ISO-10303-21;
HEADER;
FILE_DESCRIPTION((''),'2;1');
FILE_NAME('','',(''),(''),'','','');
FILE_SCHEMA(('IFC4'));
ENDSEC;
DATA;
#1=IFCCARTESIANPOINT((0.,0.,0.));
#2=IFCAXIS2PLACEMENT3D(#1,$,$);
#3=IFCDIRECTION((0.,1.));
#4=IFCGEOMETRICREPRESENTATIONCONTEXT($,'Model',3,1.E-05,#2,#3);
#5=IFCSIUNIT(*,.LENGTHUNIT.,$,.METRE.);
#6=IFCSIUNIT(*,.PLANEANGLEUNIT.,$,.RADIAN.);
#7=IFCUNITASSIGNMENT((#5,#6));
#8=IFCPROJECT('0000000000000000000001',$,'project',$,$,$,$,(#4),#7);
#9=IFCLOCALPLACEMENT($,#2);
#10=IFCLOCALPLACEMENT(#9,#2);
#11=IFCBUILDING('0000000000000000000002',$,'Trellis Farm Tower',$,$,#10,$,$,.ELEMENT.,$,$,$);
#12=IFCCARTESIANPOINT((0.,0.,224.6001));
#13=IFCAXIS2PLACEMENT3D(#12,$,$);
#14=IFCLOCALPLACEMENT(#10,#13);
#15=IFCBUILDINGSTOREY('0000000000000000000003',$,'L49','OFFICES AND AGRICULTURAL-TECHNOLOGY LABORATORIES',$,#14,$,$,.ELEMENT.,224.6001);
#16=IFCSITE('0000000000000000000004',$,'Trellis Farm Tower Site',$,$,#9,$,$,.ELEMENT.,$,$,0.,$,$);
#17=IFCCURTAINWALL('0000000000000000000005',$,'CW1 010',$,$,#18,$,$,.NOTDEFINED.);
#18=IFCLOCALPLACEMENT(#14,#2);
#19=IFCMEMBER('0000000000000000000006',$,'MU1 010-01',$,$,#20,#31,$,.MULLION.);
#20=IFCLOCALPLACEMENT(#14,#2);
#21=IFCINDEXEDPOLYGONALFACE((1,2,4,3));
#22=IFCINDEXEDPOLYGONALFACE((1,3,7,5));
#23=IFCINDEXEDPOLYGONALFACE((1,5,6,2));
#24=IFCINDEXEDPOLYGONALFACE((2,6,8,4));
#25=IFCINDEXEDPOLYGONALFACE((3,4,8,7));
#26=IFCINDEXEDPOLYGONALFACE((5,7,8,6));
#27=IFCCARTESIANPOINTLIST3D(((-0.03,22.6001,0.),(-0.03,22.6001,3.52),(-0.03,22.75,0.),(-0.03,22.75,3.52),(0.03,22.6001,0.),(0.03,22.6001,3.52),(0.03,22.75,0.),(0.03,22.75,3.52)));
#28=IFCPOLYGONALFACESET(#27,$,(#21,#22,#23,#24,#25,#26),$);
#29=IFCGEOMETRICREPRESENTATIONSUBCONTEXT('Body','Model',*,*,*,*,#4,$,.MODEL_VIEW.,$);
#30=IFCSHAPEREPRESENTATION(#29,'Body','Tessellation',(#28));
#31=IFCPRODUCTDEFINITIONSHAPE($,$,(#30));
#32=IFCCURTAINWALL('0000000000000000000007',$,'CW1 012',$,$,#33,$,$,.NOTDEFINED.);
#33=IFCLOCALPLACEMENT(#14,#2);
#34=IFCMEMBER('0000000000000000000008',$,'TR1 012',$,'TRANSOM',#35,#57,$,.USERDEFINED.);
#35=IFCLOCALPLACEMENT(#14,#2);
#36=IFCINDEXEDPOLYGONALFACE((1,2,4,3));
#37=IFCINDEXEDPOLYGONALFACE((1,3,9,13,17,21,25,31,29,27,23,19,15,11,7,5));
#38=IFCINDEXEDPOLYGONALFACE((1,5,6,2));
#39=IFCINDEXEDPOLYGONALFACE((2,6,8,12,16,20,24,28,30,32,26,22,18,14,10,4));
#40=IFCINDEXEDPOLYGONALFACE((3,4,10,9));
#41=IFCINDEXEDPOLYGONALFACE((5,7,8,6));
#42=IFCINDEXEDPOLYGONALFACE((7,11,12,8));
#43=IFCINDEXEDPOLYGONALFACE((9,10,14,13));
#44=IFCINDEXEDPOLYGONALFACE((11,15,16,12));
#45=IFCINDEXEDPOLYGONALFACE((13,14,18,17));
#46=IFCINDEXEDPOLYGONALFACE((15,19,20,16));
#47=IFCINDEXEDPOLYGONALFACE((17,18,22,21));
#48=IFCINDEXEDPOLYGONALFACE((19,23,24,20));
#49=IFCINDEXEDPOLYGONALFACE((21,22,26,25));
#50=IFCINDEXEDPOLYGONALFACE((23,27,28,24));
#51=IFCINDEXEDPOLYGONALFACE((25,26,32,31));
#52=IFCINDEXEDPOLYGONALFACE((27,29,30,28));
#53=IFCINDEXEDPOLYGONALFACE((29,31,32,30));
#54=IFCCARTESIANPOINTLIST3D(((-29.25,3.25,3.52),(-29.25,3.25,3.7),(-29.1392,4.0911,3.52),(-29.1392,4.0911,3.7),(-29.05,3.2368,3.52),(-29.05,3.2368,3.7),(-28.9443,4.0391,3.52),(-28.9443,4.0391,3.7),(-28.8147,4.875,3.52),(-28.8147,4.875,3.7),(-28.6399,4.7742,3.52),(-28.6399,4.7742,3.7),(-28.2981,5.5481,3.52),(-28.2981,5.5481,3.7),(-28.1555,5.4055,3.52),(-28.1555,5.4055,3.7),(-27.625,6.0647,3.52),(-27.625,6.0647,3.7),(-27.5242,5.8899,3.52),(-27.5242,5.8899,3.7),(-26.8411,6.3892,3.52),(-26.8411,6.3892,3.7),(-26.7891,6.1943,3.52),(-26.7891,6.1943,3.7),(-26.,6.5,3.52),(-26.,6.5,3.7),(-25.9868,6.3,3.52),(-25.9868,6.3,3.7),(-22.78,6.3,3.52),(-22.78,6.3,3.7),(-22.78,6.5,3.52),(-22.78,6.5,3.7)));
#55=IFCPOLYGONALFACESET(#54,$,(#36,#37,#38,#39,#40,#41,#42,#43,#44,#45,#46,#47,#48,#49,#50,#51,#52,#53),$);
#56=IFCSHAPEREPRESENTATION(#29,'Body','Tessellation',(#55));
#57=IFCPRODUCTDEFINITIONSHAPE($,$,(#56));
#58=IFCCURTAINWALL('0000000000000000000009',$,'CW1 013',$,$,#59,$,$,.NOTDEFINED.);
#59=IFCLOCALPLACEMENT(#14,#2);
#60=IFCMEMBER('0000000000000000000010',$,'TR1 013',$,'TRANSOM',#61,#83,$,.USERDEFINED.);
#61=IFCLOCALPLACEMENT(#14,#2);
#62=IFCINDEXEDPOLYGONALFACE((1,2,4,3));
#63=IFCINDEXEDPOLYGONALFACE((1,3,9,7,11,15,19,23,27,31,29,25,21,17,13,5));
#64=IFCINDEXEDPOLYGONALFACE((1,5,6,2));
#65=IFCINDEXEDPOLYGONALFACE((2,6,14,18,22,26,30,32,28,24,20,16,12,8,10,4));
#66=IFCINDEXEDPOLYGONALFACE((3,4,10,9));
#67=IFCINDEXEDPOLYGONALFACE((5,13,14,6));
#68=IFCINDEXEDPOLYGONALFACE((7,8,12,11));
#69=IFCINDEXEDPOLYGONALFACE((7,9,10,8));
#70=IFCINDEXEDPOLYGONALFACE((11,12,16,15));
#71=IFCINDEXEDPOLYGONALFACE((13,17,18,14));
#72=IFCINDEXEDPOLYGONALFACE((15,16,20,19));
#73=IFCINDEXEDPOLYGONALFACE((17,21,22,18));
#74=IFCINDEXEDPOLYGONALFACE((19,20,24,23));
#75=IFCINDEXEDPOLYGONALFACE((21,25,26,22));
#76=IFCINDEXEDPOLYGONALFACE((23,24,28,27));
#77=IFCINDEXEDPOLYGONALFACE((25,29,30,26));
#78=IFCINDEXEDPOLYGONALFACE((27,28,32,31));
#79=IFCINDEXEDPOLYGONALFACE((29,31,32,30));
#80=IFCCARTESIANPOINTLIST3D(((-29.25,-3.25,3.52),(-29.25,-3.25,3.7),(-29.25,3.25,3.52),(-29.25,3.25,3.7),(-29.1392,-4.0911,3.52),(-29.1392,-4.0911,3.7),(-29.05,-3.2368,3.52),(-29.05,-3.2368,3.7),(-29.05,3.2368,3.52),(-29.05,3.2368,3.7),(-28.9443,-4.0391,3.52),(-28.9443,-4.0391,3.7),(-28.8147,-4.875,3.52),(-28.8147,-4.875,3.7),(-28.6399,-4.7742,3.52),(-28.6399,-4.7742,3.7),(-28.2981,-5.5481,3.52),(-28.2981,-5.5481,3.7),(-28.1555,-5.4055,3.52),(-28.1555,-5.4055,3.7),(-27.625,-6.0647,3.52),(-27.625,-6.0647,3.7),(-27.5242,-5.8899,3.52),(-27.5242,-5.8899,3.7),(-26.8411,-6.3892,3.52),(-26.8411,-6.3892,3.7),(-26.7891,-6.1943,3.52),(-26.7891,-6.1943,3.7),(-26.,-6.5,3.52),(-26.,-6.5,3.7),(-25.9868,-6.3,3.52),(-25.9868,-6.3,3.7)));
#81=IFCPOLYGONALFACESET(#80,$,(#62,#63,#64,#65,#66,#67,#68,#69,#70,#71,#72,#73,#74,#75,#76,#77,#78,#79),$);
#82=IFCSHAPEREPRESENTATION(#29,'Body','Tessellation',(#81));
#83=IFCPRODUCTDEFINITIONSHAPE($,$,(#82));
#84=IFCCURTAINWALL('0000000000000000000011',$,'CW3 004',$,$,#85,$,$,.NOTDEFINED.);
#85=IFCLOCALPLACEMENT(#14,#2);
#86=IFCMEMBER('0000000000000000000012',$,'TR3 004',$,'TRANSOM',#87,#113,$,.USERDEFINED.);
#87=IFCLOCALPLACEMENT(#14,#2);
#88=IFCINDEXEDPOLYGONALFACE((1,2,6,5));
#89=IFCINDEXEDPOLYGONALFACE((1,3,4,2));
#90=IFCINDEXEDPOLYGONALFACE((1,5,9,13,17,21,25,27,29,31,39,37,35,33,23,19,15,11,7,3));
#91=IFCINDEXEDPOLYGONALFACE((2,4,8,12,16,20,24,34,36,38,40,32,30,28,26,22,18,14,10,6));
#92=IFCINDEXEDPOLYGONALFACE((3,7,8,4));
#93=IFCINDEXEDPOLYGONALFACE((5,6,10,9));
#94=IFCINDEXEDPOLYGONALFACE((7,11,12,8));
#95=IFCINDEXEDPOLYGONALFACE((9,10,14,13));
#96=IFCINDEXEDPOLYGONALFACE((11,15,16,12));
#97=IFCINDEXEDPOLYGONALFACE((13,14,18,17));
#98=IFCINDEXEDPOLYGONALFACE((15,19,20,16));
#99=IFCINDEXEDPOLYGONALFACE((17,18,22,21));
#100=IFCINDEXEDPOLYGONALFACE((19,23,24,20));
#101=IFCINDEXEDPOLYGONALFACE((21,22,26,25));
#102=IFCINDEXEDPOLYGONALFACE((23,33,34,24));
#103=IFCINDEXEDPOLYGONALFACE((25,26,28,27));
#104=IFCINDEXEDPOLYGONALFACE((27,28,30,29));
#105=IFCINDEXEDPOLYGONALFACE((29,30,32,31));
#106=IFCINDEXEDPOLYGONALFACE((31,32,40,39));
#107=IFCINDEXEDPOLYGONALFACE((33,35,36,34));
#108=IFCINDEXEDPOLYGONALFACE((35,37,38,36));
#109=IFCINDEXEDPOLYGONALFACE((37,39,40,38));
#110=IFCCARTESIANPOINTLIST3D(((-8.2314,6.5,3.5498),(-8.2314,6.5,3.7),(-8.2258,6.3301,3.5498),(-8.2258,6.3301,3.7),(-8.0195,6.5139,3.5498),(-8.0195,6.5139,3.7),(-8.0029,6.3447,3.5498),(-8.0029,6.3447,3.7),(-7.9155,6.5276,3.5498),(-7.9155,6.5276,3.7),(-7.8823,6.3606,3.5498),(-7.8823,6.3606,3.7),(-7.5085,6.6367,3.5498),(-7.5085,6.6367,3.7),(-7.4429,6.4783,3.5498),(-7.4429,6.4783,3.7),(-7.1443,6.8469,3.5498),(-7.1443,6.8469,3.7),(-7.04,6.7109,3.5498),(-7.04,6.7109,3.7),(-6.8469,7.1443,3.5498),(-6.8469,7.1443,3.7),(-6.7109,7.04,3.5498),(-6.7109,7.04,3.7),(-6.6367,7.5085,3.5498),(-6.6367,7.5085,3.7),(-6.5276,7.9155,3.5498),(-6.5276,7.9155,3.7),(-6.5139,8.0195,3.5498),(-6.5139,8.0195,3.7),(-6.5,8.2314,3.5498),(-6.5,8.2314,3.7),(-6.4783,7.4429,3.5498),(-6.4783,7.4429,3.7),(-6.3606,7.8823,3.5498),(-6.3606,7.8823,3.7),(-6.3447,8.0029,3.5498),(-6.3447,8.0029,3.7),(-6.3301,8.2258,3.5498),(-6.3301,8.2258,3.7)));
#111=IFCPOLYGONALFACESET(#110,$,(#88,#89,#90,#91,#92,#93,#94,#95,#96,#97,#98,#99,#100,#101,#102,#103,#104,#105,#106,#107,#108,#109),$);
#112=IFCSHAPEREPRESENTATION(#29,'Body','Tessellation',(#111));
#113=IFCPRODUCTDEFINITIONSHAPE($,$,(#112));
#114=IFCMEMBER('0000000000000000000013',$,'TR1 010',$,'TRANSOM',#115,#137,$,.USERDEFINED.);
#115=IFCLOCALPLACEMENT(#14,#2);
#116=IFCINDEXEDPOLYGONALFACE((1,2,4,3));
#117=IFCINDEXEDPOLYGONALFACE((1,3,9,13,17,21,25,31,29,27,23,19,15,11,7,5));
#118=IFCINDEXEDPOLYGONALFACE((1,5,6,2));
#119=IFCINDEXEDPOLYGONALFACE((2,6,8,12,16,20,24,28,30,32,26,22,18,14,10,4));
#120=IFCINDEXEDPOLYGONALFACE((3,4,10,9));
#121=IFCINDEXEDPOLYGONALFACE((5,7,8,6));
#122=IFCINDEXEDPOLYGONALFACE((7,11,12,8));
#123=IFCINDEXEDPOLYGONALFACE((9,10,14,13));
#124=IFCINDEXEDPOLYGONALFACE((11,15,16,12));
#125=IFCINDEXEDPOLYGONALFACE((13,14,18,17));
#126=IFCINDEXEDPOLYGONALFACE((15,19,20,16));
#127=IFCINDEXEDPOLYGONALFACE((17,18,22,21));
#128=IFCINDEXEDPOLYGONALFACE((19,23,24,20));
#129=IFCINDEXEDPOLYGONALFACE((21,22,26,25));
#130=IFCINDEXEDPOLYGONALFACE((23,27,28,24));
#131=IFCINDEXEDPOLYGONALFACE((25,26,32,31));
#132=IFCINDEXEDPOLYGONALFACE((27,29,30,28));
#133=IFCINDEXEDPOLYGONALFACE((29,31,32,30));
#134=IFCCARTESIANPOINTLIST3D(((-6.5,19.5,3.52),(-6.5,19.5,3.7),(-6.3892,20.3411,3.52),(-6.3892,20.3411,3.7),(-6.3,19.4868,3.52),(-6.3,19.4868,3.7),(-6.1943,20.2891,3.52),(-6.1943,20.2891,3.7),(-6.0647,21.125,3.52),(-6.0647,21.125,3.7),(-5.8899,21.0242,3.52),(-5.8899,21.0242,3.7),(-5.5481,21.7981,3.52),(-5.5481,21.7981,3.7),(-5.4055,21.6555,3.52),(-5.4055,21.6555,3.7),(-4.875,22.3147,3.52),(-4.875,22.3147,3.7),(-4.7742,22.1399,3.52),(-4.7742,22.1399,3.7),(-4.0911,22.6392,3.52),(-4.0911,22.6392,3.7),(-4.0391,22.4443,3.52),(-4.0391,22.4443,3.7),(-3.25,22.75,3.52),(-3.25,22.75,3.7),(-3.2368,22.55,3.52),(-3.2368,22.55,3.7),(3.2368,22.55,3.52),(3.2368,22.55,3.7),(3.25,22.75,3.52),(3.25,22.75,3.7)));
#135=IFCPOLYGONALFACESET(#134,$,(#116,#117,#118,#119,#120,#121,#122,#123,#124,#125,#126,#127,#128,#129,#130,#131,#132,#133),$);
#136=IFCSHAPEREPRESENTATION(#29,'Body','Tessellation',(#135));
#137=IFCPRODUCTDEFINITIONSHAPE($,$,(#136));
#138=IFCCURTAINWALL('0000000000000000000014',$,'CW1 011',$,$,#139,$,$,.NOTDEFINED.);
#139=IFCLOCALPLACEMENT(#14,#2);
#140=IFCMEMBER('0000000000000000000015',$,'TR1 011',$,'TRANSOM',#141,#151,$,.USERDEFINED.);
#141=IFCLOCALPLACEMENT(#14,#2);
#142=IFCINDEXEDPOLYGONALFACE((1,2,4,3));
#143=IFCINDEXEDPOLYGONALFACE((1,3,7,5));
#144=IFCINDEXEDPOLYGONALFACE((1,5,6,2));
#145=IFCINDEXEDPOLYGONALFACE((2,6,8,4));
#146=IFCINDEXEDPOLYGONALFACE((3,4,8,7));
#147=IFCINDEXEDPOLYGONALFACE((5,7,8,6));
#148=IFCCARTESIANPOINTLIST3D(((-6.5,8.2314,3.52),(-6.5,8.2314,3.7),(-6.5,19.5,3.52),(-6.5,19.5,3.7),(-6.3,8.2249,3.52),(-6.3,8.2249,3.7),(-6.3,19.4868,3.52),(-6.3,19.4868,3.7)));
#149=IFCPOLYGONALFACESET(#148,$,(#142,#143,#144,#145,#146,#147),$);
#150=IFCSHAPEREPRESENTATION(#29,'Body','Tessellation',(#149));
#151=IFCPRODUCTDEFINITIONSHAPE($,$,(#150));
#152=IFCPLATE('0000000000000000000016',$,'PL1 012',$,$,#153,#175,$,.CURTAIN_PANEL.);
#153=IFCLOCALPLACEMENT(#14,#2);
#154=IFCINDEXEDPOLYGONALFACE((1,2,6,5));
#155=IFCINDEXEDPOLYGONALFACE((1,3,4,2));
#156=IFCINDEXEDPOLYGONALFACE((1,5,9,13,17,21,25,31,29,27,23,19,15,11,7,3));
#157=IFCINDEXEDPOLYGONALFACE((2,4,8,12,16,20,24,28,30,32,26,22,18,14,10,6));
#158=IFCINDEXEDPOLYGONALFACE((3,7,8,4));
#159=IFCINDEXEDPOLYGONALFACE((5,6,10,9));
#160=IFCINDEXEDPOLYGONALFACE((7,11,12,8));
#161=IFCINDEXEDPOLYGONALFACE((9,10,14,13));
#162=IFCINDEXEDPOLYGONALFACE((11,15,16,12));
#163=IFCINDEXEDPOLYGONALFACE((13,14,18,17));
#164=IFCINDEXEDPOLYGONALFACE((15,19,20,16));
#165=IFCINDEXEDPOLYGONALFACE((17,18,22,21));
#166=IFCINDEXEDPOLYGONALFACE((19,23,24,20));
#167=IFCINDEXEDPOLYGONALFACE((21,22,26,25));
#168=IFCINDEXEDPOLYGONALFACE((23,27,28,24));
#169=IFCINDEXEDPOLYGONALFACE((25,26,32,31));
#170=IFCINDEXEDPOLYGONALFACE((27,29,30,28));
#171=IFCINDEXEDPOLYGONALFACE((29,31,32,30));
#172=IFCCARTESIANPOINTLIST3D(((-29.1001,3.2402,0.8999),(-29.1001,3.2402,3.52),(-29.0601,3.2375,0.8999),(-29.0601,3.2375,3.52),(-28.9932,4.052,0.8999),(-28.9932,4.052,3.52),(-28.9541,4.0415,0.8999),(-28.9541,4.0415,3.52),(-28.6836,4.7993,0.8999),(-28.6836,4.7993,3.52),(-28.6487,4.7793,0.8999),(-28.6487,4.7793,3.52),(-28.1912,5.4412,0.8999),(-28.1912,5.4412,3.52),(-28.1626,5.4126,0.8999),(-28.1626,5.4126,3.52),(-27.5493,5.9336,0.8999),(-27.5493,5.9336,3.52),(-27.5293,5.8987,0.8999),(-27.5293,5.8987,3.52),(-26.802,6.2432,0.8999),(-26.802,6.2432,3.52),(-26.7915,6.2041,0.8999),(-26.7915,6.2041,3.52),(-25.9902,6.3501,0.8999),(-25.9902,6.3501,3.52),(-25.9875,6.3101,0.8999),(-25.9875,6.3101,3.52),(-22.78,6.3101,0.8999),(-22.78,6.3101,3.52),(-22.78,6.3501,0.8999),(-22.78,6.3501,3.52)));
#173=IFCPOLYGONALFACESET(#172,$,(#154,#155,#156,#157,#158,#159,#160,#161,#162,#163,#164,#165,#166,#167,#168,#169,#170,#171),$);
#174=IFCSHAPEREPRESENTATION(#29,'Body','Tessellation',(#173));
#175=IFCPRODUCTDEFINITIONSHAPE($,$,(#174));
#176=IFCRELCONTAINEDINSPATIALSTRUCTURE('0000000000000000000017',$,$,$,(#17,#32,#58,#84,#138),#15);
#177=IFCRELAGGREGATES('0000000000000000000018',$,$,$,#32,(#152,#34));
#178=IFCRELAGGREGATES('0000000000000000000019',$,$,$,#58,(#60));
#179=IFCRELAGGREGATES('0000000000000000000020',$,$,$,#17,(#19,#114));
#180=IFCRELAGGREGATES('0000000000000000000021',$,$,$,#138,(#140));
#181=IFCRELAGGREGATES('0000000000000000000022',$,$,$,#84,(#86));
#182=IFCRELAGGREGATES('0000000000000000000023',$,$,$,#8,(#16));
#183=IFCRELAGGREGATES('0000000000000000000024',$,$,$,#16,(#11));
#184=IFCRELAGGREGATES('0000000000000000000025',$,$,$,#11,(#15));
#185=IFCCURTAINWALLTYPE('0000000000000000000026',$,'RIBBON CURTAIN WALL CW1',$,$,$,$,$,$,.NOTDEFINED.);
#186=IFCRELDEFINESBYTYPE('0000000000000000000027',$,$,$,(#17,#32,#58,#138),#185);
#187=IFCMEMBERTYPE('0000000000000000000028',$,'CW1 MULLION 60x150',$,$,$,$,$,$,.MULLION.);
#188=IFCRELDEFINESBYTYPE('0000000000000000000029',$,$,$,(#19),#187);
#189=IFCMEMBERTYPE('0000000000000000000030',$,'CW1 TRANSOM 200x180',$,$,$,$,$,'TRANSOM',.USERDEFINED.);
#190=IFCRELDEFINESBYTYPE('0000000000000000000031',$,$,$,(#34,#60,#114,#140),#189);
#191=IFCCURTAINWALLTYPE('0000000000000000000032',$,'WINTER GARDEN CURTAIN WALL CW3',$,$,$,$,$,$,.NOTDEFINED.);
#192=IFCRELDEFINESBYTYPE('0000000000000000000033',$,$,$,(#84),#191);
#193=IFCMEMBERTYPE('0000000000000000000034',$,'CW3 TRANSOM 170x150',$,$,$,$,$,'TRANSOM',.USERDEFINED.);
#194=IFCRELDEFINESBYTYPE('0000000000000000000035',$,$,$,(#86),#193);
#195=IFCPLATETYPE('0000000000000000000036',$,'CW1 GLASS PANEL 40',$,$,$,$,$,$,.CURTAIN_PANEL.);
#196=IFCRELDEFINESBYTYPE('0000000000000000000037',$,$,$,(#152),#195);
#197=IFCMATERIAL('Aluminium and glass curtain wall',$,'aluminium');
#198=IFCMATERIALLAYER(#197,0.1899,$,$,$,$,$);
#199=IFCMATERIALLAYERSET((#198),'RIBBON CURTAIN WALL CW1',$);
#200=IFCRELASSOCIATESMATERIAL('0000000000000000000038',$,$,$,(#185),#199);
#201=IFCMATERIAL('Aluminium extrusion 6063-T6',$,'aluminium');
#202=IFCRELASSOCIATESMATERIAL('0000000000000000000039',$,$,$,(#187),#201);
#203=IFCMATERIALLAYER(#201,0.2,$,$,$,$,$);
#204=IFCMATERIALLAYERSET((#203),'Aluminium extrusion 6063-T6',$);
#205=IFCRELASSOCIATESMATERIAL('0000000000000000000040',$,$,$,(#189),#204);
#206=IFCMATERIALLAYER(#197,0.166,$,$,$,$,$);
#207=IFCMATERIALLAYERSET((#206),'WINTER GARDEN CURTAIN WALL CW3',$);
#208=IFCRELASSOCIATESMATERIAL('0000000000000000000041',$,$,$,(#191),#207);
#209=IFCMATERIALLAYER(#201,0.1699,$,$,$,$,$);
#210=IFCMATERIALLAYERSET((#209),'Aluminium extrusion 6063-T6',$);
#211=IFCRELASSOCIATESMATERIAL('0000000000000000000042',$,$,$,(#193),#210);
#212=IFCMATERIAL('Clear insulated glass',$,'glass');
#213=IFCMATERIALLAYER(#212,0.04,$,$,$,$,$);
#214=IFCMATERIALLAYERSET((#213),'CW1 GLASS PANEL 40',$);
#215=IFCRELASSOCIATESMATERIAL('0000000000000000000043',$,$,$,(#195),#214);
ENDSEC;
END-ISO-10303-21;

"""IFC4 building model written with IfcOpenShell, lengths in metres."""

from ifc_helpers import new_model, si_unit, direction, frame, origin, origin_2d, place, context, subcontext, project, spatial, polyline, rectangle, outline, extrude, source, transform, mapped, material, layer, layer_set, material_profile, profile_set, type_object, element, aggregate, save


model = new_model("IFC4")

# Units and contexts
model_context = context("Model", 3, precision=1e-05, world=origin(), true_north=direction((0.0, 1.0)))
body_context = subcontext(model_context, "Body", "Model", "MODEL_VIEW")
ifc_project = project(units=[si_unit("LENGTHUNIT", "METRE"), si_unit("PLANEANGLEUNIT", "RADIAN")], contexts=[model_context])

# Site, building, storey
site_placement = place(None, origin())
site = spatial("IfcSite", under=ifc_project, at=site_placement, Name="Trellis Farm Tower Site", CompositionType="ELEMENT", RefElevation=0.0)
building_placement = place(site_placement, origin())
building = spatial("IfcBuilding", under=site, at=building_placement, Name="Trellis Farm Tower", CompositionType="ELEMENT")
storey_placement = place(building_placement, frame((0.0, 0.0, 224.6001)))
storey = spatial("IfcBuildingStorey", under=building, at=storey_placement, Name="L49", Description="OFFICES AND AGRICULTURAL-TECHNOLOGY LABORATORIES", CompositionType="ELEMENT", Elevation=224.6001)

# Curtain walls, members
ifc_material_1 = material(Name="Aluminium and glass curtain wall", Category="aluminium")
ifc_layer_1 = layer(ifc_material_1, 0.1899)
ifc_layer_set_1 = layer_set([ifc_layer_1], Name="RIBBON CURTAIN WALL CW1")
curtain_wall_type_1 = type_object("IfcCurtainWallType", Name="RIBBON CURTAIN WALL CW1", PredefinedType="NOTDEFINED", material=ifc_layer_set_1)
placement_1 = place(storey_placement, origin())
curtain_wall_1 = element("IfcCurtainWall", 1, at=placement_1, inside=storey, type_object=curtain_wall_type_1, Name="CW1 010", PredefinedType="NOTDEFINED")
ifc_material_2 = material(Name="Aluminium extrusion 6063-T6", Category="aluminium")
ifc_material_profile = material_profile(ifc_material_2, rectangle(XDim=0.0601, YDim=0.1499, at=origin_2d()), Name="MULLION 60x150")
ifc_profile_set = profile_set([ifc_material_profile], Name="Aluminium extrusion 6063-T6")
member_type_1 = type_object("IfcMemberType", Name="CW1 MULLION 60x150", PredefinedType="MULLION", material=ifc_profile_set)
shared_shape_1 = source(origin(), body_context, "Body", "SweptSolid", [
    extrude(rectangle(XDim=0.0601, YDim=0.1499, at=origin_2d()), origin(), (0.0, 0.0, 1.0), 3.52),
])
member_1_placement = place(storey_placement, frame((0.0, 22.675, 0.0), z_axis=(0.0, 0.0, 1.0), x_axis=(-1.0, 0.0, 0.0)))
member_1 = element("IfcMember", 2, at=member_1_placement, type_object=member_type_1, Name="MU1 010-01", PredefinedType="MULLION", context=body_context, shape_type="MappedRepresentation", body=[
    mapped(shared_shape_1, transform((0.0, 0.0, 0.0))),
])
curtain_wall_2 = element("IfcCurtainWall", 3, at=placement_1, inside=storey, type_object=curtain_wall_type_1, Name="CW1 012", PredefinedType="NOTDEFINED")
ifc_layer_2 = layer(ifc_material_2, 0.2)
ifc_layer_set_2 = layer_set([ifc_layer_2], Name="Aluminium extrusion 6063-T6")
member_type_2 = type_object("IfcMemberType", Name="CW1 TRANSOM 200x180", ElementType="TRANSOM", PredefinedType="USERDEFINED", material=ifc_layer_set_2)
shared_shape_2 = source(origin(), body_context, "Body", "SweptSolid", [
    extrude(outline(polyline([(-22.78, 6.5), (-26.0, 6.5), (-26.8411, 6.3892), (-27.625, 6.0647), (-28.2981, 5.5481), (-28.8147, 4.875), (-29.1392, 4.0911), (-29.25, 3.25), (-29.05, 3.2368), (-28.9443, 4.0391), (-28.6399, 4.7742), (-28.1555, 5.4055), (-27.5242, 5.8899), (-26.7891, 6.1943), (-25.9868, 6.3), (-22.78, 6.3), (-22.78, 6.5)])), origin(), (0.0, 0.0, 1.0), 0.1799),
])
placement_2 = place(storey_placement, frame((0.0, 0.0, 3.52)))
member_2 = element("IfcMember", 4, at=placement_2, type_object=member_type_2, Name="TR1 012", ObjectType="TRANSOM", PredefinedType="USERDEFINED", context=body_context, shape_type="MappedRepresentation", body=[
    mapped(shared_shape_2, transform((0.0, 0.0, 0.0))),
])
curtain_wall_3 = element("IfcCurtainWall", 5, at=placement_1, inside=storey, type_object=curtain_wall_type_1, Name="CW1 013", PredefinedType="NOTDEFINED")
shared_shape_3 = source(origin(), body_context, "Body", "SweptSolid", [
    extrude(outline(polyline([(-29.25, 3.25), (-29.25, -3.25), (-29.1392, -4.0911), (-28.8147, -4.875), (-28.2981, -5.5481), (-27.625, -6.0647), (-26.8411, -6.3892), (-26.0, -6.5), (-25.9868, -6.3), (-26.7891, -6.1943), (-27.5242, -5.8899), (-28.1555, -5.4055), (-28.6399, -4.7742), (-28.9443, -4.0391), (-29.05, -3.2368), (-29.05, 3.2368), (-29.25, 3.25)])), origin(), (0.0, 0.0, 1.0), 0.1799),
])
member_3 = element("IfcMember", 6, at=placement_2, type_object=member_type_2, Name="TR1 013", ObjectType="TRANSOM", PredefinedType="USERDEFINED", context=body_context, shape_type="MappedRepresentation", body=[
    mapped(shared_shape_3, transform((0.0, 0.0, 0.0))),
])
ifc_layer_3 = layer(ifc_material_1, 0.166)
ifc_layer_set_3 = layer_set([ifc_layer_3], Name="WINTER GARDEN CURTAIN WALL CW3")
curtain_wall_type_2 = type_object("IfcCurtainWallType", Name="WINTER GARDEN CURTAIN WALL CW3", PredefinedType="NOTDEFINED", material=ifc_layer_set_3)
curtain_wall_4 = element("IfcCurtainWall", 7, at=placement_1, inside=storey, type_object=curtain_wall_type_2, Name="CW3 004", PredefinedType="NOTDEFINED")
ifc_layer_4 = layer(ifc_material_2, 0.1699)
ifc_layer_set_4 = layer_set([ifc_layer_4], Name="Aluminium extrusion 6063-T6")
member_type_3 = type_object("IfcMemberType", Name="CW3 TRANSOM 170x150", ElementType="TRANSOM", PredefinedType="USERDEFINED", material=ifc_layer_set_4)
shared_shape_4 = source(origin(), body_context, "Body", "SweptSolid", [
    extrude(outline(polyline([(-6.5, 8.2314), (-6.5139, 8.0195), (-6.5276, 7.9155), (-6.6367, 7.5085), (-6.8469, 7.1443), (-7.1443, 6.8469), (-7.5085, 6.6367), (-7.9155, 6.5276), (-8.0195, 6.5139), (-8.2314, 6.5), (-8.2258, 6.3301), (-8.0029, 6.3447), (-7.8823, 6.3606), (-7.4429, 6.4783), (-7.04, 6.7109), (-6.7109, 7.04), (-6.4783, 7.4429), (-6.3606, 7.8823), (-6.3447, 8.0029), (-6.3301, 8.2258), (-6.5, 8.2314)])), origin(), (0.0, 0.0, 1.0), 0.1501),
])
member_4_placement = place(storey_placement, frame((0.0, 0.0, 3.5498)))
member_4 = element("IfcMember", 8, at=member_4_placement, type_object=member_type_3, Name="TR3 004", ObjectType="TRANSOM", PredefinedType="USERDEFINED", context=body_context, shape_type="MappedRepresentation", body=[
    mapped(shared_shape_4, transform((0.0, 0.0, 0.0))),
])

# Member
shared_shape_5 = source(origin(), body_context, "Body", "SweptSolid", [
    extrude(outline(polyline([(3.25, 22.75), (-3.25, 22.75), (-4.0911, 22.6392), (-4.875, 22.3147), (-5.5481, 21.7981), (-6.0647, 21.125), (-6.3892, 20.3411), (-6.5, 19.5), (-6.3, 19.4868), (-6.1943, 20.2891), (-5.8899, 21.0242), (-5.4055, 21.6555), (-4.7742, 22.1399), (-4.0391, 22.4443), (-3.2368, 22.55), (3.2368, 22.55), (3.25, 22.75)])), origin(), (0.0, 0.0, 1.0), 0.1799),
])
member_5 = element("IfcMember", 9, at=placement_2, type_object=member_type_2, Name="TR1 010", ObjectType="TRANSOM", PredefinedType="USERDEFINED", context=body_context, shape_type="MappedRepresentation", body=[
    mapped(shared_shape_5, transform((0.0, 0.0, 0.0))),
])

# Curtain wall, member
curtain_wall_5 = element("IfcCurtainWall", 10, at=placement_1, inside=storey, type_object=curtain_wall_type_1, Name="CW1 011", PredefinedType="NOTDEFINED")
shared_shape_6 = source(origin(), body_context, "Body", "SweptSolid", [
    extrude(outline(polyline([(-6.5, 19.5), (-6.5, 8.2314), (-6.3, 8.2249), (-6.3, 19.4868), (-6.5, 19.5)])), origin(), (0.0, 0.0, 1.0), 0.1799),
])
member_6 = element("IfcMember", 11, at=placement_2, type_object=member_type_2, Name="TR1 011", ObjectType="TRANSOM", PredefinedType="USERDEFINED", context=body_context, shape_type="MappedRepresentation", body=[
    mapped(shared_shape_6, transform((0.0, 0.0, 0.0))),
])

# Plate
ifc_material_3 = material(Name="Clear insulated glass", Category="glass")
ifc_layer_5 = layer(ifc_material_3, 0.04)
ifc_layer_set_5 = layer_set([ifc_layer_5], Name="CW1 GLASS PANEL 40")
plate_type_1 = type_object("IfcPlateType", Name="CW1 GLASS PANEL 40", PredefinedType="CURTAIN_PANEL", material=ifc_layer_set_5)
shared_shape_7 = source(origin(), body_context, "Body", "SweptSolid", [
    extrude(outline(polyline([(-22.78, 6.3501), (-25.9902, 6.3501), (-26.802, 6.2432), (-27.5493, 5.9336), (-28.1912, 5.4412), (-28.6836, 4.7993), (-28.9932, 4.052), (-29.1001, 3.2402), (-29.0601, 3.2375), (-28.9541, 4.0415), (-28.6487, 4.7793), (-28.1626, 5.4126), (-27.5293, 5.8987), (-26.7915, 6.2041), (-25.9875, 6.3101), (-22.78, 6.3101), (-22.78, 6.3501)])), origin(), (0.0, 0.0, 1.0), 2.6201),
])
placement_3 = place(storey_placement, frame((0.0, 0.0, 0.8999)))
plate_1 = element("IfcPlate", 12, at=placement_3, type_object=plate_type_1, Name="PL1 012", PredefinedType="CURTAIN_PANEL", context=body_context, shape_type="MappedRepresentation", body=[
    mapped(shared_shape_7, transform((0.0, 0.0, 0.0))),
])
aggregate(curtain_wall_2, [plate_1, member_2])
aggregate(curtain_wall_3, [member_3])
aggregate(curtain_wall_1, [member_1, member_5])
aggregate(curtain_wall_5, [member_6])
aggregate(curtain_wall_4, [member_4])

save(model, "model.ifc")
